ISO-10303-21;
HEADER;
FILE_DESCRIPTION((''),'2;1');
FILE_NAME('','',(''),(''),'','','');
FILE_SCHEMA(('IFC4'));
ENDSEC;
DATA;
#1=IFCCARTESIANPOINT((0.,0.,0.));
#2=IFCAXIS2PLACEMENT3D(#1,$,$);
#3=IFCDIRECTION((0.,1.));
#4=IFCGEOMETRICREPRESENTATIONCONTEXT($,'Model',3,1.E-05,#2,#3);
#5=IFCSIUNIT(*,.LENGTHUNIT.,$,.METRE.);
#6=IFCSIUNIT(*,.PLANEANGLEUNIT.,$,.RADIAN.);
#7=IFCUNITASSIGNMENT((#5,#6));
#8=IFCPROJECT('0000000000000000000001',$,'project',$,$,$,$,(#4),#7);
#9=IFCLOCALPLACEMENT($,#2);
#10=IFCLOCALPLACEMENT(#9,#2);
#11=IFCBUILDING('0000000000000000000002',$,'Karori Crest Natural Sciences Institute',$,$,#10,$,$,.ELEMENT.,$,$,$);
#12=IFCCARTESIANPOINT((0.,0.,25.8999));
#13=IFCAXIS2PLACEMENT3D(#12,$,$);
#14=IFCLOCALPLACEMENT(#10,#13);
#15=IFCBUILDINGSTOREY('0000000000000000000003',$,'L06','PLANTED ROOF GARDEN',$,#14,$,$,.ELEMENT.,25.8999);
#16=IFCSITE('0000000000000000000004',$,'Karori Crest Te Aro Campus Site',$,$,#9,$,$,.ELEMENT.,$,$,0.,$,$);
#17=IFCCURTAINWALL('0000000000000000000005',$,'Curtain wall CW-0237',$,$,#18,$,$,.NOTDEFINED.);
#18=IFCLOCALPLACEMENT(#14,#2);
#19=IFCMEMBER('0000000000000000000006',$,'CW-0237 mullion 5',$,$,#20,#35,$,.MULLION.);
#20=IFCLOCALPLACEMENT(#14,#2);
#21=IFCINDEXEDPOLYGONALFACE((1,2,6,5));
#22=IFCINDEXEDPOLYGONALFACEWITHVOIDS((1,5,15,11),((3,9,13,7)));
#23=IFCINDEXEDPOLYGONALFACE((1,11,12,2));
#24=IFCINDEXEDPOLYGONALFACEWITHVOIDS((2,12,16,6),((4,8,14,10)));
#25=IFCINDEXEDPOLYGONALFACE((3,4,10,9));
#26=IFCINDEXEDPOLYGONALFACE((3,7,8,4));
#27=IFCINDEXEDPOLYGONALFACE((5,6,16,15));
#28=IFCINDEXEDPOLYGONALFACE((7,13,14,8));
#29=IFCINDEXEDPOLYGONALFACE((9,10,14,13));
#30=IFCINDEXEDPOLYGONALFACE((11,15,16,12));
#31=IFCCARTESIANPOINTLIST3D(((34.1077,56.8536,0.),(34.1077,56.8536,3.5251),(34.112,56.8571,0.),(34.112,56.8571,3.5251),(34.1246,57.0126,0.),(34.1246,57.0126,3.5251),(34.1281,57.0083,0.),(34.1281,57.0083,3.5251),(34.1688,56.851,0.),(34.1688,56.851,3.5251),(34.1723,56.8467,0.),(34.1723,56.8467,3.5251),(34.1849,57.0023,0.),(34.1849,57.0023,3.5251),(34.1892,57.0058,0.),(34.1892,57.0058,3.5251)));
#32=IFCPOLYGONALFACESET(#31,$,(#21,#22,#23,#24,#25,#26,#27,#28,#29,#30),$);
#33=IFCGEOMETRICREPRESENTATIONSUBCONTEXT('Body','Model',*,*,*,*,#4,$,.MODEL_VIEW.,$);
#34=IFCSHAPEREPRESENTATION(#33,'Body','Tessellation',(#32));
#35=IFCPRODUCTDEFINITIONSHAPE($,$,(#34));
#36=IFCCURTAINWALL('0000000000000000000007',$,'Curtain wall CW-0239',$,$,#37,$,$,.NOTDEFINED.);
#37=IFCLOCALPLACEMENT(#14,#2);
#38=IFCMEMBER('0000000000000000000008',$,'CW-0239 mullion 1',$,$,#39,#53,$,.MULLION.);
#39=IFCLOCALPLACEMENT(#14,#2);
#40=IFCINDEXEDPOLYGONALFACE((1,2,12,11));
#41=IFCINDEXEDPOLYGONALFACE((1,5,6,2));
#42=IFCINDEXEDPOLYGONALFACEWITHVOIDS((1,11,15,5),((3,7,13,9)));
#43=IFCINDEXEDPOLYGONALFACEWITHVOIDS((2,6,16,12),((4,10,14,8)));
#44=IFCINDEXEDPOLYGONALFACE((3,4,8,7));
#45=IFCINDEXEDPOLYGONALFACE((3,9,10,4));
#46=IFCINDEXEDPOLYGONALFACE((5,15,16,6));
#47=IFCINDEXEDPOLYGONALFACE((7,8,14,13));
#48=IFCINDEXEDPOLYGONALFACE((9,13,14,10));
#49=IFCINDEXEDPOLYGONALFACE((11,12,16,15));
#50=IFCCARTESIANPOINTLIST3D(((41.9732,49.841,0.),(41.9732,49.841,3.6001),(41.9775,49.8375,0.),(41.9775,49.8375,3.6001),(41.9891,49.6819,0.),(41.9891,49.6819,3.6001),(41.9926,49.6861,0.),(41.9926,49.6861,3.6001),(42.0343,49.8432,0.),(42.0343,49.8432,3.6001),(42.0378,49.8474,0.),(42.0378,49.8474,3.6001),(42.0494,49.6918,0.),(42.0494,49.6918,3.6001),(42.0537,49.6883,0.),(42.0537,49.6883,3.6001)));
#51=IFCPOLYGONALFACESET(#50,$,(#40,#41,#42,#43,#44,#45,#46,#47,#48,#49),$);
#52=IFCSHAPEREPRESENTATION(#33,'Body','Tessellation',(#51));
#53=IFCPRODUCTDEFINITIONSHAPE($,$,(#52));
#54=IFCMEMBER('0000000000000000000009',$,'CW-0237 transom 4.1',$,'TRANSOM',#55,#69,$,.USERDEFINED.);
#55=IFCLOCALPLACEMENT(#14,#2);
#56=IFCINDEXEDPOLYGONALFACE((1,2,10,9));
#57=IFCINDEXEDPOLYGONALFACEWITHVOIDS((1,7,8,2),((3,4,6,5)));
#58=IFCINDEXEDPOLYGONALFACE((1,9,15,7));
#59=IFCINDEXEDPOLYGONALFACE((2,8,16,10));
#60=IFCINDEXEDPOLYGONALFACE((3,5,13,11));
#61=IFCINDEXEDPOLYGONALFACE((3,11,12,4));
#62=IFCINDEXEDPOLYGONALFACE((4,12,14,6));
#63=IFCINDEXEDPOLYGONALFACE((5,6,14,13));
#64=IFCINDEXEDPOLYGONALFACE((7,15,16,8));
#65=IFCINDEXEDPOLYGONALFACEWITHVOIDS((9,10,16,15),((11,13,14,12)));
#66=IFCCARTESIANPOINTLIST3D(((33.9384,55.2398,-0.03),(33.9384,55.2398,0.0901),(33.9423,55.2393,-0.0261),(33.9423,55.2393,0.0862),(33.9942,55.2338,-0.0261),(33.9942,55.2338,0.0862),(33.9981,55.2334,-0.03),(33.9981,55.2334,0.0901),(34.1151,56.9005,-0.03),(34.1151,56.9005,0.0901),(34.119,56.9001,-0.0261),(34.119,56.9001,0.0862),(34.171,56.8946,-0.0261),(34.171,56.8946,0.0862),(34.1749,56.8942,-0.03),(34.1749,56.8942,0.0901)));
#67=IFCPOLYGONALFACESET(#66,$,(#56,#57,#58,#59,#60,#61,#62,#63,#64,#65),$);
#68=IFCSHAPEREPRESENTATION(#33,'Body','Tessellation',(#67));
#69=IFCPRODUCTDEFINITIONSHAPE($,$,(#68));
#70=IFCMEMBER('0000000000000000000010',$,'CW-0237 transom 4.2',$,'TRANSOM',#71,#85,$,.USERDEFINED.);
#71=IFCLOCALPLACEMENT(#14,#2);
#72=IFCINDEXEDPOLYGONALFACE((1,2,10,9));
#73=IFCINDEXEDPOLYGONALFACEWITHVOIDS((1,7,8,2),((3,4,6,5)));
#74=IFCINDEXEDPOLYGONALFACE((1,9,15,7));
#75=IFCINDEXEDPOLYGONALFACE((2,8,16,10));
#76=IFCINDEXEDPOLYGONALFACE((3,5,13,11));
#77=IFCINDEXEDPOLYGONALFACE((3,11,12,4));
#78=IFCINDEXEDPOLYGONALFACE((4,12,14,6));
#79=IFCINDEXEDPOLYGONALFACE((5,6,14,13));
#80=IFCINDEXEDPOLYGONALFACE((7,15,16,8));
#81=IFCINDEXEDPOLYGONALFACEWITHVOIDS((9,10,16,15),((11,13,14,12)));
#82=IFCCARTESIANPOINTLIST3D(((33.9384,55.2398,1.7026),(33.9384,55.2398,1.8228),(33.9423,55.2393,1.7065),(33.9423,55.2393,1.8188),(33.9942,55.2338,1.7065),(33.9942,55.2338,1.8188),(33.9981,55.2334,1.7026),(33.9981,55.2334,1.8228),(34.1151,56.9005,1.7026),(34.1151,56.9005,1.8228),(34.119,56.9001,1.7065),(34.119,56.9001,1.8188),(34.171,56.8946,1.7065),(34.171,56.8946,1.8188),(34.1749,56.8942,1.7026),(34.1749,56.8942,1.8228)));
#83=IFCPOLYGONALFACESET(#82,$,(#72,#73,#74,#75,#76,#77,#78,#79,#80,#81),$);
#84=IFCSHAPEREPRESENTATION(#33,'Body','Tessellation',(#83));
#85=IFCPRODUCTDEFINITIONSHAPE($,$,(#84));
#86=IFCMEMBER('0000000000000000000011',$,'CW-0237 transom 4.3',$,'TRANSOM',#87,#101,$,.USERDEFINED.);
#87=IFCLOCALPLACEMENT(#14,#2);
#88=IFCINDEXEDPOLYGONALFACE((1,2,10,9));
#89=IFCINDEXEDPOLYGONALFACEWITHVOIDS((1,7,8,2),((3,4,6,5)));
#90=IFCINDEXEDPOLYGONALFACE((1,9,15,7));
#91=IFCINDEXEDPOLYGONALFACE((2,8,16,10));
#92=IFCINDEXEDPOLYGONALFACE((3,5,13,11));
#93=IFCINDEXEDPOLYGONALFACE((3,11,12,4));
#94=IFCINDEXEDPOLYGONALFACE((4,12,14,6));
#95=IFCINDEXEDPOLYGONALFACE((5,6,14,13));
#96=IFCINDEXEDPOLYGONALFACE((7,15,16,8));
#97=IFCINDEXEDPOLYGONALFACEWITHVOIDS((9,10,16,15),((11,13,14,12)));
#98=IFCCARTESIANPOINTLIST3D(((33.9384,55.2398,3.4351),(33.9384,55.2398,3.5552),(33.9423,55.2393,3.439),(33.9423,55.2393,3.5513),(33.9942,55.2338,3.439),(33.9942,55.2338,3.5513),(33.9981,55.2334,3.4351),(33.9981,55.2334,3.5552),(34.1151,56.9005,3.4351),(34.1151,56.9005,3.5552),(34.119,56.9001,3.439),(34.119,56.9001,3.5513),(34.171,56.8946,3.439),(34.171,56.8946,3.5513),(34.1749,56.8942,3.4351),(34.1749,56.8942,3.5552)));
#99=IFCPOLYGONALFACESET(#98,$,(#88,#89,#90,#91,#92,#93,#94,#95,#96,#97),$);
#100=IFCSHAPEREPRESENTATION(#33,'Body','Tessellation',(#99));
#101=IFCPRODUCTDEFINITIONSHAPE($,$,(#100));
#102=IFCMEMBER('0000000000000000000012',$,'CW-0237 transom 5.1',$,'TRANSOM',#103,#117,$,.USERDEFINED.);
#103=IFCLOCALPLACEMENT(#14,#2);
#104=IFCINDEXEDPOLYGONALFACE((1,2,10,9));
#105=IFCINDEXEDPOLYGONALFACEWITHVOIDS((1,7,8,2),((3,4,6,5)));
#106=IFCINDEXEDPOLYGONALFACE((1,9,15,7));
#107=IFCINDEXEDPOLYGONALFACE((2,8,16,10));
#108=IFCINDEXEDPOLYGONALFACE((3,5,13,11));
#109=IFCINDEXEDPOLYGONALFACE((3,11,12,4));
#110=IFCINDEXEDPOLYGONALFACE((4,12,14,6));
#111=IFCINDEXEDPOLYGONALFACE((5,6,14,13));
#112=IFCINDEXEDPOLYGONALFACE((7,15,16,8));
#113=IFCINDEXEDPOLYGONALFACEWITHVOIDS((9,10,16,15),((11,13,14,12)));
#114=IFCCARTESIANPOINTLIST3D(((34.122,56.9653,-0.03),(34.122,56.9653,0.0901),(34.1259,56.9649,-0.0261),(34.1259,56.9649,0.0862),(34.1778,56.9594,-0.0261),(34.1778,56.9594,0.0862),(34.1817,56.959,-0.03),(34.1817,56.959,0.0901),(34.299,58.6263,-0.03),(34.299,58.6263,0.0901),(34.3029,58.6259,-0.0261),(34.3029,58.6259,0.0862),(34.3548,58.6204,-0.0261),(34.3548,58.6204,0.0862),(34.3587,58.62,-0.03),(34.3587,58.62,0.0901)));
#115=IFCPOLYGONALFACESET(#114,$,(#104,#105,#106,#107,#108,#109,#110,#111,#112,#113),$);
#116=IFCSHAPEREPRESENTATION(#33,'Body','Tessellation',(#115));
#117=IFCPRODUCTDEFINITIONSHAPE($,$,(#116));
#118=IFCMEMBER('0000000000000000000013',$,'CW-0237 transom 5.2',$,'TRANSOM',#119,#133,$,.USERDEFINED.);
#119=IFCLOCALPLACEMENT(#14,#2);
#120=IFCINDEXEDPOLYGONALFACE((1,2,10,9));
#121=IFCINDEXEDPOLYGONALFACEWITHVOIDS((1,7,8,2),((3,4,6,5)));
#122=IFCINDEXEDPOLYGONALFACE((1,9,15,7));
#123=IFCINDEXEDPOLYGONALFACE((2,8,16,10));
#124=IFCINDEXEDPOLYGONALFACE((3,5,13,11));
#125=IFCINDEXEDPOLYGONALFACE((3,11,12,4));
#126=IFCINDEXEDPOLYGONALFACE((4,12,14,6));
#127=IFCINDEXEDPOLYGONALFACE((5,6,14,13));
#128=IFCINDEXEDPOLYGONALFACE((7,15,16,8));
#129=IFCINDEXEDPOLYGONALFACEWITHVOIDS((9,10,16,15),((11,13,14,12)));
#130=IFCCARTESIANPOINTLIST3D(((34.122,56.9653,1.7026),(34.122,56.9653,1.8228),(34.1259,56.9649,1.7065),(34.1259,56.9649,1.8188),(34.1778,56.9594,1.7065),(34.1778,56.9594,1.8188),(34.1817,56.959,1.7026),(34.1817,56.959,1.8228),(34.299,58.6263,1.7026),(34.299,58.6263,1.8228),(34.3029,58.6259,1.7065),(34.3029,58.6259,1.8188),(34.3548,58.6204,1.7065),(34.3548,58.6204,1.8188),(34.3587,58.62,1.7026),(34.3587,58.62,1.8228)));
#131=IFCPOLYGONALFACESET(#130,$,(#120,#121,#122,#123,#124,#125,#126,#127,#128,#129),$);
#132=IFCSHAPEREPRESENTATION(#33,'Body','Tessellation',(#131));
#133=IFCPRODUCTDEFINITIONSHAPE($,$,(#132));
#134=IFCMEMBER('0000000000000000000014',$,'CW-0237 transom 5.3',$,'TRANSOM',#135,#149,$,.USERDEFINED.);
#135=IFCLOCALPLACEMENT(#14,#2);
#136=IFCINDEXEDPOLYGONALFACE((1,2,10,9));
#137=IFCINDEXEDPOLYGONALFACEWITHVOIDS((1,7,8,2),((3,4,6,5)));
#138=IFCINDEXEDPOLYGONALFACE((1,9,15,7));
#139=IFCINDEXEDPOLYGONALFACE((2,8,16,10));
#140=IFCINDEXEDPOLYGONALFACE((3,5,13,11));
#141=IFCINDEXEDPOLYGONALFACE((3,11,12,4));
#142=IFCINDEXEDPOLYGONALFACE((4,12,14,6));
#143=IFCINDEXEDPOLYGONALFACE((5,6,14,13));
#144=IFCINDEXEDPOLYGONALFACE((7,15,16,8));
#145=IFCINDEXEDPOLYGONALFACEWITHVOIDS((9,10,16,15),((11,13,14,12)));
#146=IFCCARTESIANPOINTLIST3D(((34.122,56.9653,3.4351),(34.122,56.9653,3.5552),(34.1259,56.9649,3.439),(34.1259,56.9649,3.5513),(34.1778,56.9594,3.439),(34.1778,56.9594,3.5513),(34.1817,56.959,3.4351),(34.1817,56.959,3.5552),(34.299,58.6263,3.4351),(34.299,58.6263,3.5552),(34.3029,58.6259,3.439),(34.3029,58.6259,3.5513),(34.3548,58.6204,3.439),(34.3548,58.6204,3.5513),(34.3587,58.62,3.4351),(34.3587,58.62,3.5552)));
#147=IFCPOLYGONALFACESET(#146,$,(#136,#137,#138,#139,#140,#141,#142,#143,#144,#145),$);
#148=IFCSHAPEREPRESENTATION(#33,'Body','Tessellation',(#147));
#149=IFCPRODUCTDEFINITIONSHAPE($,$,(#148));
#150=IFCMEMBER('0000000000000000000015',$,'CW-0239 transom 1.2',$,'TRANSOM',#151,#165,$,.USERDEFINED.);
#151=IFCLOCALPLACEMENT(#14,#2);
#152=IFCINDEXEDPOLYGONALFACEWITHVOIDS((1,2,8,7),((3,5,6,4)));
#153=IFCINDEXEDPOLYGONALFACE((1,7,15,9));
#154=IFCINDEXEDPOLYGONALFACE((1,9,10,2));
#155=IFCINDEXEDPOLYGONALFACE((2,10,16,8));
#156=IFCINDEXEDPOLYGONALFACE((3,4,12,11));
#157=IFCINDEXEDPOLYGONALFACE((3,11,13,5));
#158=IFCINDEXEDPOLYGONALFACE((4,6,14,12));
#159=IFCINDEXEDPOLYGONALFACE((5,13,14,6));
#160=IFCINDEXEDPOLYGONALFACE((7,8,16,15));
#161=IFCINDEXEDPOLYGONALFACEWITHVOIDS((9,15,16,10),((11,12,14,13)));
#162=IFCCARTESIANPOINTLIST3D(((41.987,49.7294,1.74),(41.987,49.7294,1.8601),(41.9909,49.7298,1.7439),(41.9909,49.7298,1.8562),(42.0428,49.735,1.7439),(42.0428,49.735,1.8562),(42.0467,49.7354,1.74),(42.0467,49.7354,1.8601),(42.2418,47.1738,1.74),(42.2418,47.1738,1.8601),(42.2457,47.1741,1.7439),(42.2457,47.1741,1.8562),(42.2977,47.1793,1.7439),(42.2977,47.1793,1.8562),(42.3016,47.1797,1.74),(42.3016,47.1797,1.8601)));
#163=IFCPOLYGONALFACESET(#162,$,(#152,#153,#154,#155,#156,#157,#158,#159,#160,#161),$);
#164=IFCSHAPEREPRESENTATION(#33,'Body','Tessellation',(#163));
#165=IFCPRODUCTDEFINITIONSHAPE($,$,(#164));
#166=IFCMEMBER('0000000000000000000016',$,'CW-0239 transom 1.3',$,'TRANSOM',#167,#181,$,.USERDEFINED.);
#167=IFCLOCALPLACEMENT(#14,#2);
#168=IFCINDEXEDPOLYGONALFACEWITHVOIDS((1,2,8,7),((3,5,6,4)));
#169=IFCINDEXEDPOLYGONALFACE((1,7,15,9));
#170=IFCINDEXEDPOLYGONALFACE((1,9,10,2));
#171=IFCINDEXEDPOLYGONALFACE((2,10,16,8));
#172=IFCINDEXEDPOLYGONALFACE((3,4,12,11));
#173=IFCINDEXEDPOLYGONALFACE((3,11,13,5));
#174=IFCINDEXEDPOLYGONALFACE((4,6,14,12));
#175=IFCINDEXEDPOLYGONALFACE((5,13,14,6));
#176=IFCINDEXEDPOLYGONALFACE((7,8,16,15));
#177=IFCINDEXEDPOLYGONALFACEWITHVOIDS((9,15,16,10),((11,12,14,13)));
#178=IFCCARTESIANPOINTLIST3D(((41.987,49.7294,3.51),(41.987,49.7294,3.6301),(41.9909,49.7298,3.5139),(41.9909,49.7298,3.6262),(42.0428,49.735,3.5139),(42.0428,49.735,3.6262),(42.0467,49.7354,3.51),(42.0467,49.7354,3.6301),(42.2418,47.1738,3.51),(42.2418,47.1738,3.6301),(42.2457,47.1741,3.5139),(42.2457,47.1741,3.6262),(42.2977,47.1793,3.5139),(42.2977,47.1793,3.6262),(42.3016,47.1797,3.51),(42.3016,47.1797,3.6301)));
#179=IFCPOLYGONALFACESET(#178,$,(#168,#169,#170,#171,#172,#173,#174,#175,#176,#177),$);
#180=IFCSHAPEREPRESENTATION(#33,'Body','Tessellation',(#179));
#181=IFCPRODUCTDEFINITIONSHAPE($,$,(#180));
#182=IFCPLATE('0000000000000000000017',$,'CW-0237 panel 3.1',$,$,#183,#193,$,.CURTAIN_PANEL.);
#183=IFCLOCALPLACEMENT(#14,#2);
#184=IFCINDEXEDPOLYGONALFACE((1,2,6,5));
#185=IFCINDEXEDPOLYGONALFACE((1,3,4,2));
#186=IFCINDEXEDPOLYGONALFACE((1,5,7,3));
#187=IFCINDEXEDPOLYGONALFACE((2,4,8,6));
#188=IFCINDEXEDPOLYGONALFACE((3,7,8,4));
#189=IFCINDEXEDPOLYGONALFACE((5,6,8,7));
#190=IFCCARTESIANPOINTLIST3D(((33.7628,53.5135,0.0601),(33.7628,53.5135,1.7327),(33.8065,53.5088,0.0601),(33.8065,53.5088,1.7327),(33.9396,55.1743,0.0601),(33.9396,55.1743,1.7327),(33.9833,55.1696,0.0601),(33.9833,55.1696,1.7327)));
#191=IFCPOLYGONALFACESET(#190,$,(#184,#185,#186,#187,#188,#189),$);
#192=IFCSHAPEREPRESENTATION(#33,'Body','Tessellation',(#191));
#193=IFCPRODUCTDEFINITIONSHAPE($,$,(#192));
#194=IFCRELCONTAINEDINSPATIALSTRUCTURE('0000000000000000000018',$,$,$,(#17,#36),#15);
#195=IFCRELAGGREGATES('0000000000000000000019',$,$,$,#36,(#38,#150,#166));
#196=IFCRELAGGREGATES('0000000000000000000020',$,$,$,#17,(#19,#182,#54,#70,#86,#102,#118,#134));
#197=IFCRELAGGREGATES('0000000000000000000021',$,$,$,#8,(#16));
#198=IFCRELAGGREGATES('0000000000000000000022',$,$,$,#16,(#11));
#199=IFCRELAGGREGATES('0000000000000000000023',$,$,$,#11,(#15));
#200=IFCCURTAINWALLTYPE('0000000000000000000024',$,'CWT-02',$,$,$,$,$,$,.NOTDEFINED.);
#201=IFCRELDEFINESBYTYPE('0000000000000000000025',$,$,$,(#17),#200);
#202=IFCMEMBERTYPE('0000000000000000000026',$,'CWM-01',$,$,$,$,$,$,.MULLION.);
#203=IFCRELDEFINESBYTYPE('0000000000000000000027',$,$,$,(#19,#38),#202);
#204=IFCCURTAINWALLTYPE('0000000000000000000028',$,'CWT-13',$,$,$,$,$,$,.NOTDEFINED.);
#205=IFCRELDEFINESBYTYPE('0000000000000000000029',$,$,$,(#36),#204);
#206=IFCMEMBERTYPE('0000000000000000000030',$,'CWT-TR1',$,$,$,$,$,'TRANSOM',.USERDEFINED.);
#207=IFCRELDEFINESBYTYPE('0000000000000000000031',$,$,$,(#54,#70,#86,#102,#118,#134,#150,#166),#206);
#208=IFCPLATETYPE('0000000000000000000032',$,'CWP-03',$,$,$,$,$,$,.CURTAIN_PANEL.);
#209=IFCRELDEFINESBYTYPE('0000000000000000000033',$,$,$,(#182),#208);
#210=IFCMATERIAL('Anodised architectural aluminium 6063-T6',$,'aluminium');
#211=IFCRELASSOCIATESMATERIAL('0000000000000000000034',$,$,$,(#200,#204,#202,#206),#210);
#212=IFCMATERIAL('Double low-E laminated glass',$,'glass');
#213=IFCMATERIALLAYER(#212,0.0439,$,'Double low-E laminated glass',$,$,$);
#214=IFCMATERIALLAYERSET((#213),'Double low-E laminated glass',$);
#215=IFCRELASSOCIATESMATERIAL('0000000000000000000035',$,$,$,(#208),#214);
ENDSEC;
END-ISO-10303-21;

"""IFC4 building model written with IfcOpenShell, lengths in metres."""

from ifc_helpers import new_model, si_unit, direction, frame, origin, origin_2d, place, context, subcontext, project, spatial, rectangle, hollow_rectangle, extrude, material, layer, layer_set, material_profile, profile_set, type_object, element, aggregate, save


model = new_model("IFC4")

# Units and contexts
model_context = context("Model", 3, precision=1e-05, world=origin(), true_north=direction((0.0, 1.0)))
body_context = subcontext(model_context, "Body", "Model", "MODEL_VIEW")
ifc_project = project(units=[si_unit("LENGTHUNIT", "METRE"), si_unit("PLANEANGLEUNIT", "RADIAN")], contexts=[model_context])

# Site, building, storey
site_placement = place(None, origin())
site = spatial("IfcSite", under=ifc_project, at=site_placement, Name="Karori Crest Te Aro Campus Site", CompositionType="ELEMENT", RefElevation=0.0)
building_placement = place(site_placement, origin())
building = spatial("IfcBuilding", under=site, at=building_placement, Name="Karori Crest Natural Sciences Institute", CompositionType="ELEMENT")
storey_placement = place(building_placement, frame((0.0, 0.0, 25.8999)))
storey = spatial("IfcBuildingStorey", under=building, at=storey_placement, Name="L06", Description="PLANTED ROOF GARDEN", CompositionType="ELEMENT", Elevation=25.8999)

# Curtain wall, member
ifc_material_1 = material(Name="Anodised architectural aluminium 6063-T6", Category="aluminium")
curtain_wall_type_1 = type_object("IfcCurtainWallType", Name="CWT-02", PredefinedType="NOTDEFINED", material=ifc_material_1)
curtain_wall_1_placement = place(storey_placement, origin())
curtain_wall_1 = element("IfcCurtainWall", 1, at=curtain_wall_1_placement, inside=storey, type_object=curtain_wall_type_1, Name="Curtain wall CW-0237", PredefinedType="NOTDEFINED")
ifc_material_profile_1 = material_profile(ifc_material_1, hollow_rectangle(XDim=0.0649, YDim=0.1599, WallThickness=0.0039, at=origin_2d()), Name="CWM160x65x4")
ifc_profile_set_1 = profile_set([ifc_material_profile_1], Name="Anodised architectural aluminium 6063-T6")
member_type_1 = type_object("IfcMemberType", Name="CWM-01", PredefinedType="MULLION", material=ifc_profile_set_1)
member_1_placement = place(storey_placement, frame((34.1484, 56.9297, 0.0), z_axis=(0.0, 0.0, 1.0), x_axis=(-0.994378, 0.105886, 0.0)))
member_1 = element("IfcMember", 2, at=member_1_placement, type_object=member_type_1, Name="CW-0237 mullion 5", PredefinedType="MULLION", context=body_context, shape_type="SweptSolid", body=[
    extrude(hollow_rectangle(XDim=0.0649, YDim=0.1599, WallThickness=0.0039, at=origin_2d()), origin(), (0.0, 0.0, 1.0), 3.5251),
])

# Curtain wall, member
curtain_wall_type_2 = type_object("IfcCurtainWallType", Name="CWT-13", PredefinedType="NOTDEFINED", material=ifc_material_1)
curtain_wall_2_placement = place(storey_placement, origin())
curtain_wall_2 = element("IfcCurtainWall", 3, at=curtain_wall_2_placement, inside=storey, type_object=curtain_wall_type_2, Name="Curtain wall CW-0239", PredefinedType="NOTDEFINED")
member_2_placement = place(storey_placement, frame((42.0134, 49.7646, 0.0), z_axis=(0.0, 0.0, 1.0), x_axis=(0.995061, 0.099268, 0.0)))
member_2 = element("IfcMember", 4, at=member_2_placement, type_object=member_type_1, Name="CW-0239 mullion 1", PredefinedType="MULLION", context=body_context, shape_type="SweptSolid", body=[
    extrude(hollow_rectangle(XDim=0.0649, YDim=0.1599, WallThickness=0.0039, at=origin_2d()), origin(), (0.0, 0.0, 1.0), 3.6001),
])

# Members
ifc_material_profile_2 = material_profile(ifc_material_1, hollow_rectangle(XDim=0.0601, YDim=0.1201, WallThickness=0.0039, at=origin_2d()), Name="CWT120x60x4")
ifc_profile_set_2 = profile_set([ifc_material_profile_2], Name="Anodised architectural aluminium 6063-T6")
member_type_2 = type_object("IfcMemberType", Name="CWT-TR1", ElementType="TRANSOM", PredefinedType="USERDEFINED", material=ifc_profile_set_2)
member_3_placement = place(storey_placement, frame((33.9683, 55.2366, 0.03), z_axis=(0.105826, 0.994385, 0.0), x_axis=(-0.994385, 0.105826, 0.0)))
member_3 = element("IfcMember", 5, at=member_3_placement, type_object=member_type_2, Name="CW-0237 transom 4.1", ObjectType="TRANSOM", PredefinedType="USERDEFINED", context=body_context, shape_type="SweptSolid", body=[
    extrude(hollow_rectangle(XDim=0.0601, YDim=0.1201, WallThickness=0.0039, at=origin_2d()), origin(), (0.0, 0.0, 1.0), 1.6702),
])
member_4_placement = place(storey_placement, frame((33.9683, 55.2366, 1.7627), z_axis=(0.105826, 0.994385, 0.0), x_axis=(-0.994385, 0.105826, 0.0)))
member_4 = element("IfcMember", 6, at=member_4_placement, type_object=member_type_2, Name="CW-0237 transom 4.2", ObjectType="TRANSOM", PredefinedType="USERDEFINED", context=body_context, shape_type="SweptSolid", body=[
    extrude(hollow_rectangle(XDim=0.0601, YDim=0.1201, WallThickness=0.0039, at=origin_2d()), origin(), (0.0, 0.0, 1.0), 1.6702),
])
member_5_placement = place(storey_placement, frame((33.9683, 55.2366, 3.4951), z_axis=(0.105826, 0.994385, 0.0), x_axis=(-0.994385, 0.105826, 0.0)))
member_5 = element("IfcMember", 7, at=member_5_placement, type_object=member_type_2, Name="CW-0237 transom 4.3", ObjectType="TRANSOM", PredefinedType="USERDEFINED", context=body_context, shape_type="SweptSolid", body=[
    extrude(hollow_rectangle(XDim=0.0601, YDim=0.1201, WallThickness=0.0039, at=origin_2d()), origin(), (0.0, 0.0, 1.0), 1.6702),
])
member_6_placement = place(storey_placement, frame((34.1519, 56.9622, 0.03), z_axis=(0.105971, 0.994369, 0.0), x_axis=(-0.994369, 0.105971, 0.0)))
member_6 = element("IfcMember", 8, at=member_6_placement, type_object=member_type_2, Name="CW-0237 transom 5.1", ObjectType="TRANSOM", PredefinedType="USERDEFINED", context=body_context, shape_type="SweptSolid", body=[
    extrude(hollow_rectangle(XDim=0.0601, YDim=0.1201, WallThickness=0.0039, at=origin_2d()), origin(), (0.0, 0.0, 1.0), 1.6704),
])
member_7_placement = place(storey_placement, frame((34.1519, 56.9622, 1.7627), z_axis=(0.105971, 0.994369, 0.0), x_axis=(-0.994369, 0.105971, 0.0)))
member_7 = element("IfcMember", 9, at=member_7_placement, type_object=member_type_2, Name="CW-0237 transom 5.2", ObjectType="TRANSOM", PredefinedType="USERDEFINED", context=body_context, shape_type="SweptSolid", body=[
    extrude(hollow_rectangle(XDim=0.0601, YDim=0.1201, WallThickness=0.0039, at=origin_2d()), origin(), (0.0, 0.0, 1.0), 1.6704),
])
member_8_placement = place(storey_placement, frame((34.1519, 56.9622, 3.4951), z_axis=(0.105971, 0.994369, 0.0), x_axis=(-0.994369, 0.105971, 0.0)))
member_8 = element("IfcMember", 10, at=member_8_placement, type_object=member_type_2, Name="CW-0237 transom 5.3", ObjectType="TRANSOM", PredefinedType="USERDEFINED", context=body_context, shape_type="SweptSolid", body=[
    extrude(hollow_rectangle(XDim=0.0601, YDim=0.1201, WallThickness=0.0039, at=origin_2d()), origin(), (0.0, 0.0, 1.0), 1.6704),
])
member_9_placement = place(storey_placement, frame((42.0168, 49.7324, 1.8), z_axis=(0.09924, -0.995064, 0.0), x_axis=(0.995064, 0.09924, 0.0)))
member_9 = element("IfcMember", 11, at=member_9_placement, type_object=member_type_2, Name="CW-0239 transom 1.2", ObjectType="TRANSOM", PredefinedType="USERDEFINED", context=body_context, shape_type="SweptSolid", body=[
    extrude(hollow_rectangle(XDim=0.0601, YDim=0.1201, WallThickness=0.0039, at=origin_2d()), origin(), (0.0, 0.0, 1.0), 2.5684),
])
member_10_placement = place(storey_placement, frame((42.0168, 49.7324, 3.5701), z_axis=(0.09924, -0.995064, 0.0), x_axis=(0.995064, 0.09924, 0.0)))
member_10 = element("IfcMember", 12, at=member_10_placement, type_object=member_type_2, Name="CW-0239 transom 1.3", ObjectType="TRANSOM", PredefinedType="USERDEFINED", context=body_context, shape_type="SweptSolid", body=[
    extrude(hollow_rectangle(XDim=0.0601, YDim=0.1201, WallThickness=0.0039, at=origin_2d()), origin(), (0.0, 0.0, 1.0), 2.5684),
])
aggregate(curtain_wall_2, [member_2, member_9, member_10])

# Plate
ifc_material_2 = material(Name="Double low-E laminated glass", Category="glass")
ifc_layer_1 = layer(ifc_material_2, 0.0439, Name="Double low-E laminated glass")
ifc_layer_set_1 = layer_set([ifc_layer_1], Name="Double low-E laminated glass")
plate_type = type_object("IfcPlateType", Name="CWP-03", PredefinedType="CURTAIN_PANEL", material=ifc_layer_set_1)
plate_1_placement = place(storey_placement, frame((33.873, 54.3416, 0.0601), z_axis=(0.0, 0.0, 1.0), x_axis=(0.105886, 0.994378, 0.0)))
plate_1 = element("IfcPlate", 13, at=plate_1_placement, type_object=plate_type, Name="CW-0237 panel 3.1", PredefinedType="CURTAIN_PANEL", context=body_context, shape_type="SweptSolid", body=[
    extrude(rectangle(XDim=1.6702, YDim=0.0439, at=origin_2d()), origin(), (0.0, 0.0, 1.0), 1.6726),
])
aggregate(curtain_wall_1, [member_1, plate_1, member_3, member_4, member_5, member_6, member_7, member_8])

save(model, "model.ifc")
